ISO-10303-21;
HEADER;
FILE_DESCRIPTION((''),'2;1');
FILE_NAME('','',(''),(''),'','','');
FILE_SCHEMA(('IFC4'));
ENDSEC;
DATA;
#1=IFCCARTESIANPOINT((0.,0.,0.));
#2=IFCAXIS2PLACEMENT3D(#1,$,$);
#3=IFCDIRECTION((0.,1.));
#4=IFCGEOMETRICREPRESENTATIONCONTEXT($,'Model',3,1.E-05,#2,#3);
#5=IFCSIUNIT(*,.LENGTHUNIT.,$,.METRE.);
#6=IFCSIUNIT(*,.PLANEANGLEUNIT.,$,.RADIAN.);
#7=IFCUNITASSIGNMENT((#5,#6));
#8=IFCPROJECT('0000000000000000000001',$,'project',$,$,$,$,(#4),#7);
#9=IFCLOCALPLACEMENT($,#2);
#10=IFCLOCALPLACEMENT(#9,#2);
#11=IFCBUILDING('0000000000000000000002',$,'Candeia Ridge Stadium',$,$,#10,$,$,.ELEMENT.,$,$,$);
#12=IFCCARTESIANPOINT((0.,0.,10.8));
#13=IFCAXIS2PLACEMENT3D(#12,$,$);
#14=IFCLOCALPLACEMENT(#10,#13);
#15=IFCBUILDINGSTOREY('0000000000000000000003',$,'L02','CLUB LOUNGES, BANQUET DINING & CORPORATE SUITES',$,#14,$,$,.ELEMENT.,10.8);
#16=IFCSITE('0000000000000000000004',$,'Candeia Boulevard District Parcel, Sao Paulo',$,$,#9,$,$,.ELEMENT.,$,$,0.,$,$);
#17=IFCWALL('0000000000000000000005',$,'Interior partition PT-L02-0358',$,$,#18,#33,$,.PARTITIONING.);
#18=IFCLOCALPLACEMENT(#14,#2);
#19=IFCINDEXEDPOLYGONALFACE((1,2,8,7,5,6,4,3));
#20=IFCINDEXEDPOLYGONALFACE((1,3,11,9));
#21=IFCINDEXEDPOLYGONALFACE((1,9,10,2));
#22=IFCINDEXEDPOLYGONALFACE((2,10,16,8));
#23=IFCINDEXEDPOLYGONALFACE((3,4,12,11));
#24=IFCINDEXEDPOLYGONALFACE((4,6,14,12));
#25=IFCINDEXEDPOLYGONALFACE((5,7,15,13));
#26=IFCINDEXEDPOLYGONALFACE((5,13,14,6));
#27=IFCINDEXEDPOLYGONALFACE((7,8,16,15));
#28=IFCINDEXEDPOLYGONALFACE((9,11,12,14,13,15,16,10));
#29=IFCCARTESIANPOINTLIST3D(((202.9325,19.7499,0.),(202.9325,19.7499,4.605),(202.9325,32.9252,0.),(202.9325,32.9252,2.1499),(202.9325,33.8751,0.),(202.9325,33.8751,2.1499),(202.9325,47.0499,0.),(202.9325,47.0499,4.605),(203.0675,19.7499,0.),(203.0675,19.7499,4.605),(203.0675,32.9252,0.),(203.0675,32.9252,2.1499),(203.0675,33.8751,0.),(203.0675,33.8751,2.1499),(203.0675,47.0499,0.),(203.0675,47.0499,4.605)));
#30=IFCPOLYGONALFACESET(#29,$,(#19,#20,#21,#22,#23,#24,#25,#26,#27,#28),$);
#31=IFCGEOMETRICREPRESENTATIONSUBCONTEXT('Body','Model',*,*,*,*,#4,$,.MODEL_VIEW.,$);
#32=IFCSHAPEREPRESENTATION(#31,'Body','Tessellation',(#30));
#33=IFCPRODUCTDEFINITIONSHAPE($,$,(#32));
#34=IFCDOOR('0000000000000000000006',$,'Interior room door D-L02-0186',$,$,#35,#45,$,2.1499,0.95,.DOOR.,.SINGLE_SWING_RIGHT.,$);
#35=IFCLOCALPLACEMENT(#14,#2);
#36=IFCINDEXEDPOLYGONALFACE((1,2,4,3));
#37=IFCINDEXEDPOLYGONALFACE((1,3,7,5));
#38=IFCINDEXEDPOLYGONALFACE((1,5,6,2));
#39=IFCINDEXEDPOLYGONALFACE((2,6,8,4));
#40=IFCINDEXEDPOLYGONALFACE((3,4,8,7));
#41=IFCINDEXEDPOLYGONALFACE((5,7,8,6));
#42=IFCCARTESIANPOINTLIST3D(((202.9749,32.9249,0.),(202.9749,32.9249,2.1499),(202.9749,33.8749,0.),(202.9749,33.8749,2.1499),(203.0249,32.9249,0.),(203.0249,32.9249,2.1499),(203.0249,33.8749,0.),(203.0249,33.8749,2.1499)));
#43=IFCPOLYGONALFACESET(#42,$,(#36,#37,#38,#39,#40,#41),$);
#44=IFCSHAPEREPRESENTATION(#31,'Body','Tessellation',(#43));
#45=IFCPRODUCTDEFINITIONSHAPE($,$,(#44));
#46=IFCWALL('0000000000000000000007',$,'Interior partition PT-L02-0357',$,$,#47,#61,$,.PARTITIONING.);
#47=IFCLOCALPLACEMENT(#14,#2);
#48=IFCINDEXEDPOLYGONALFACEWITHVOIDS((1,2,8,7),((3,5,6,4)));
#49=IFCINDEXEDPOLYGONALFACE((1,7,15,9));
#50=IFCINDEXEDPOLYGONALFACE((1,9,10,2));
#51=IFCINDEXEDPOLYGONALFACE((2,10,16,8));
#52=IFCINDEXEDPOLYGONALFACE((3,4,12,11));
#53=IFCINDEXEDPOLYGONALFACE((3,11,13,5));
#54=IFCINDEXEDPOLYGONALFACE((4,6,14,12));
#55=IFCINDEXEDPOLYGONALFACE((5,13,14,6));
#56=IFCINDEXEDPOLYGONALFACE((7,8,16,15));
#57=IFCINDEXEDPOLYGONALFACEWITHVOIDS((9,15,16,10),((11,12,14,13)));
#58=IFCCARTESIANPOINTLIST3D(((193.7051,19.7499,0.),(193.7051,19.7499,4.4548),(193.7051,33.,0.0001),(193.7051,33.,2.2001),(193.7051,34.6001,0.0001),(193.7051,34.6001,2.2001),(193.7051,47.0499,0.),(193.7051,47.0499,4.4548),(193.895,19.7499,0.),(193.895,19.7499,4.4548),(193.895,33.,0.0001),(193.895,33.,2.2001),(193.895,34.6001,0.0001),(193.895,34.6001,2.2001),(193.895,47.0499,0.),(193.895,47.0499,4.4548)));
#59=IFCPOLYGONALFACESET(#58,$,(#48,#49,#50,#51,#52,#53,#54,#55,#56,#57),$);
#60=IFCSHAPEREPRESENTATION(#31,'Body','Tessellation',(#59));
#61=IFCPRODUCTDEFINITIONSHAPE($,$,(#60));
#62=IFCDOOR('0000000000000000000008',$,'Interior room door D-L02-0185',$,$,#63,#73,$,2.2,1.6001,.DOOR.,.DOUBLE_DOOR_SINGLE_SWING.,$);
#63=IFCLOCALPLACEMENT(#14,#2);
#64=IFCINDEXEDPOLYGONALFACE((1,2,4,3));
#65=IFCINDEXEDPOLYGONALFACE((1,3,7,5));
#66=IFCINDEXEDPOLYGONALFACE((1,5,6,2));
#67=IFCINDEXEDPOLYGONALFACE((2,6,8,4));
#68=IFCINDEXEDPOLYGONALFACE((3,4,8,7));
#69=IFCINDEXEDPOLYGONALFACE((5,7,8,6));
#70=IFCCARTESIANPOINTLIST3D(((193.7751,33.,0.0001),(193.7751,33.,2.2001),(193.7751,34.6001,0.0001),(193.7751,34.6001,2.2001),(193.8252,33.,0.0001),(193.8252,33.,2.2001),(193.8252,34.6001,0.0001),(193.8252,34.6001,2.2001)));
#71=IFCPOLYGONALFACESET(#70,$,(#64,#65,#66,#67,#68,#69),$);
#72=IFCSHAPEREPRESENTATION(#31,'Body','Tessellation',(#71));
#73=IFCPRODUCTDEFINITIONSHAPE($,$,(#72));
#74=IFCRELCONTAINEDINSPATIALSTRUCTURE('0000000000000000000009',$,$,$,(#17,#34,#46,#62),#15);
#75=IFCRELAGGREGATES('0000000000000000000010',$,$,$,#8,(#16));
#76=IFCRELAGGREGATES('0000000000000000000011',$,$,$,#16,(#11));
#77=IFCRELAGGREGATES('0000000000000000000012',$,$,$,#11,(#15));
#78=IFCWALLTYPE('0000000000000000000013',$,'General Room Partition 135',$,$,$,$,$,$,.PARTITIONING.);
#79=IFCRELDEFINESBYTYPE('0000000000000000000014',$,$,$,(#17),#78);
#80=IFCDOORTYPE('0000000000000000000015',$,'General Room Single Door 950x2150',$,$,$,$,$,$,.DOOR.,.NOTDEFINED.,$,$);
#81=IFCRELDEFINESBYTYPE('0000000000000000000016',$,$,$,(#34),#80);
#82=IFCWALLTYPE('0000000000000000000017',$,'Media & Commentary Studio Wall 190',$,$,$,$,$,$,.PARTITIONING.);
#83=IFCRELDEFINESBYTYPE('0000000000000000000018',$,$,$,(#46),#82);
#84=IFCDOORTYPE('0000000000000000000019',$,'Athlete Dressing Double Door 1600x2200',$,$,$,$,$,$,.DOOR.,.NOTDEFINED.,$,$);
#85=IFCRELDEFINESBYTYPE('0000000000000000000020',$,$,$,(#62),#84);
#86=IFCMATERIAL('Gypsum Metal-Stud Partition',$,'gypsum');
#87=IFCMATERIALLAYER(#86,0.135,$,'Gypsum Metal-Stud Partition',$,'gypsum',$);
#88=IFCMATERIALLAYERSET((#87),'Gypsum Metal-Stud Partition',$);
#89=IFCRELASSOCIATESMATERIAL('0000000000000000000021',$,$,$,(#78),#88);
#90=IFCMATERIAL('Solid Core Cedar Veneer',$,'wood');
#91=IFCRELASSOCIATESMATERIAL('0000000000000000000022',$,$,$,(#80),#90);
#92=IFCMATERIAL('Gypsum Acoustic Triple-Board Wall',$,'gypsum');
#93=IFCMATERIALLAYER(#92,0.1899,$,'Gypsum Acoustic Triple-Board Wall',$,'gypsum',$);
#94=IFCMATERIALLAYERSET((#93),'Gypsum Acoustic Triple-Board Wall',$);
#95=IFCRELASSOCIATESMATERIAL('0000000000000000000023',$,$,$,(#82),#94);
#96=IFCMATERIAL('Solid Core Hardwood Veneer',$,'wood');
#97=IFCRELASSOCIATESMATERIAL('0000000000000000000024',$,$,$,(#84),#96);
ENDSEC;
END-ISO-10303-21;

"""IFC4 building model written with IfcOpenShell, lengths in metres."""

from ifc_helpers import new_model, si_unit, direction, frame, frame_2d, origin, place, context, subcontext, project, spatial, rectangle, extrude, material, layer, layer_set, type_object, element, fill, save


model = new_model("IFC4")

# Units and contexts
model_context = context("Model", 3, precision=1e-05, world=origin(), true_north=direction((0.0, 1.0)))
body_context = subcontext(model_context, "Body", "Model", "MODEL_VIEW")
ifc_project = project(units=[si_unit("LENGTHUNIT", "METRE"), si_unit("PLANEANGLEUNIT", "RADIAN")], contexts=[model_context])

# Site, building, storey
site_placement = place(None, origin())
site = spatial("IfcSite", under=ifc_project, at=site_placement, Name="Candeia Boulevard District Parcel, Sao Paulo", CompositionType="ELEMENT", RefElevation=0.0)
building_placement = place(site_placement, origin())
building = spatial("IfcBuilding", under=site, at=building_placement, Name="Candeia Ridge Stadium", CompositionType="ELEMENT")
storey_placement = place(building_placement, frame((0.0, 0.0, 10.8)))
storey = spatial("IfcBuildingStorey", under=building, at=storey_placement, Name="L02", Description="CLUB LOUNGES, BANQUET DINING & CORPORATE SUITES", CompositionType="ELEMENT", Elevation=10.8)

# Walls, openings, doors
ifc_material_1 = material(Name="Gypsum Metal-Stud Partition", Category="gypsum")
ifc_layer_1 = layer(ifc_material_1, 0.135, Name="Gypsum Metal-Stud Partition", Category="gypsum")
ifc_layer_set_1 = layer_set([ifc_layer_1], Name="Gypsum Metal-Stud Partition")
wall_type_1 = type_object("IfcWallType", Name="General Room Partition 135", PredefinedType="PARTITIONING", material=ifc_layer_set_1)
wall_1_placement = place(storey_placement, frame((203.0, 19.75, 0.0), z_axis=(0.0, 0.0, 1.0), x_axis=(0.0, 1.0, 0.0)))
wall_1 = element("IfcWall", 1, at=wall_1_placement, inside=storey, type_object=wall_type_1, Name="Interior partition PT-L02-0358", PredefinedType="PARTITIONING", context=body_context, shape_type="SweptSolid", body=[
    extrude(rectangle(XDim=27.3, YDim=0.135, at=frame_2d((13.6499, 0.0))), origin(), (0.0, 0.0, 1.0), 4.605),
])
opening_1_placement = place(wall_1_placement, frame((13.175, 0.0, 0.0)))
opening_1 = element("IfcOpeningElement", 2, at=opening_1_placement, cuts=wall_1, PredefinedType="OPENING", context=body_context, shape_type="SweptSolid", body=[
    extrude(rectangle(XDim=0.95, YDim=2.1499, at=frame_2d((0.4751, 1.075))), frame((0.0, 0.0774, 0.0), z_axis=(0.0, -1.0, 0.0), x_axis=(1.0, 0.0, 0.0)), (0.0, 0.0, 1.0), 0.155),
])
ifc_material_2 = material(Name="Solid Core Cedar Veneer", Category="wood")
door_type_1 = type_object("IfcDoorType", Name="General Room Single Door 950x2150", OperationType="NOTDEFINED", PredefinedType="DOOR", material=ifc_material_2)
door_1_placement = place(opening_1_placement, frame((0.95, 0.0, 0.0), z_axis=(0.0, 0.0, 1.0), x_axis=(-1.0, 0.0, 0.0)))
door_1 = element("IfcDoor", 3, at=door_1_placement, inside=storey, type_object=door_type_1, Name="Interior room door D-L02-0186", OperationType="SINGLE_SWING_RIGHT", OverallHeight=2.1499, OverallWidth=0.95, PredefinedType="DOOR", context=body_context, shape_type="SweptSolid", body=[
    extrude(rectangle(XDim=0.95, YDim=2.1499, at=frame_2d((0.4751, 1.075))), frame((0.0, 0.0249, 0.0), z_axis=(0.0, -1.0, 0.0), x_axis=(1.0, 0.0, 0.0)), (0.0, 0.0, 1.0), 0.05),
])
fill(opening_1, door_1)
ifc_material_3 = material(Name="Gypsum Acoustic Triple-Board Wall", Category="gypsum")
ifc_layer_2 = layer(ifc_material_3, 0.1899, Name="Gypsum Acoustic Triple-Board Wall", Category="gypsum")
ifc_layer_set_2 = layer_set([ifc_layer_2], Name="Gypsum Acoustic Triple-Board Wall")
wall_type_2 = type_object("IfcWallType", Name="Media & Commentary Studio Wall 190", PredefinedType="PARTITIONING", material=ifc_layer_set_2)
wall_2_placement = place(storey_placement, frame((193.8, 19.75, 0.0), z_axis=(0.0, 0.0, 1.0), x_axis=(0.0, 1.0, 0.0)))
wall_2 = element("IfcWall", 4, at=wall_2_placement, inside=storey, type_object=wall_type_2, Name="Interior partition PT-L02-0357", PredefinedType="PARTITIONING", context=body_context, shape_type="SweptSolid", body=[
    extrude(rectangle(XDim=27.3, YDim=0.1899, at=frame_2d((13.6499, 0.0))), origin(), (0.0, 0.0, 1.0), 4.4548),
])
opening_2_placement = place(wall_2_placement, frame((13.25, 0.0, 0.0)))
opening_2 = element("IfcOpeningElement", 5, at=opening_2_placement, cuts=wall_2, PredefinedType="OPENING", context=body_context, shape_type="SweptSolid", body=[
    extrude(rectangle(XDim=1.6001, YDim=2.2, at=frame_2d((0.8, 1.1001))), frame((0.0, 0.105, 0.0), z_axis=(0.0, -1.0, 0.0), x_axis=(1.0, 0.0, 0.0)), (0.0, 0.0, 1.0), 0.21),
])
ifc_material_4 = material(Name="Solid Core Hardwood Veneer", Category="wood")
door_type_2 = type_object("IfcDoorType", Name="Athlete Dressing Double Door 1600x2200", OperationType="NOTDEFINED", PredefinedType="DOOR", material=ifc_material_4)
door_2_placement = place(opening_2_placement, origin())
door_2 = element("IfcDoor", 6, at=door_2_placement, inside=storey, type_object=door_type_2, Name="Interior room door D-L02-0185", OperationType="DOUBLE_DOOR_SINGLE_SWING", OverallHeight=2.2, OverallWidth=1.6001, PredefinedType="DOOR", context=body_context, shape_type="SweptSolid", body=[
    extrude(rectangle(XDim=1.6001, YDim=2.2, at=frame_2d((0.8, 1.1001))), frame((0.0, 0.0249, 0.0), z_axis=(0.0, -1.0, 0.0), x_axis=(1.0, 0.0, 0.0)), (0.0, 0.0, 1.0), 0.05),
])
fill(opening_2, door_2)

save(model, "model.ifc")
